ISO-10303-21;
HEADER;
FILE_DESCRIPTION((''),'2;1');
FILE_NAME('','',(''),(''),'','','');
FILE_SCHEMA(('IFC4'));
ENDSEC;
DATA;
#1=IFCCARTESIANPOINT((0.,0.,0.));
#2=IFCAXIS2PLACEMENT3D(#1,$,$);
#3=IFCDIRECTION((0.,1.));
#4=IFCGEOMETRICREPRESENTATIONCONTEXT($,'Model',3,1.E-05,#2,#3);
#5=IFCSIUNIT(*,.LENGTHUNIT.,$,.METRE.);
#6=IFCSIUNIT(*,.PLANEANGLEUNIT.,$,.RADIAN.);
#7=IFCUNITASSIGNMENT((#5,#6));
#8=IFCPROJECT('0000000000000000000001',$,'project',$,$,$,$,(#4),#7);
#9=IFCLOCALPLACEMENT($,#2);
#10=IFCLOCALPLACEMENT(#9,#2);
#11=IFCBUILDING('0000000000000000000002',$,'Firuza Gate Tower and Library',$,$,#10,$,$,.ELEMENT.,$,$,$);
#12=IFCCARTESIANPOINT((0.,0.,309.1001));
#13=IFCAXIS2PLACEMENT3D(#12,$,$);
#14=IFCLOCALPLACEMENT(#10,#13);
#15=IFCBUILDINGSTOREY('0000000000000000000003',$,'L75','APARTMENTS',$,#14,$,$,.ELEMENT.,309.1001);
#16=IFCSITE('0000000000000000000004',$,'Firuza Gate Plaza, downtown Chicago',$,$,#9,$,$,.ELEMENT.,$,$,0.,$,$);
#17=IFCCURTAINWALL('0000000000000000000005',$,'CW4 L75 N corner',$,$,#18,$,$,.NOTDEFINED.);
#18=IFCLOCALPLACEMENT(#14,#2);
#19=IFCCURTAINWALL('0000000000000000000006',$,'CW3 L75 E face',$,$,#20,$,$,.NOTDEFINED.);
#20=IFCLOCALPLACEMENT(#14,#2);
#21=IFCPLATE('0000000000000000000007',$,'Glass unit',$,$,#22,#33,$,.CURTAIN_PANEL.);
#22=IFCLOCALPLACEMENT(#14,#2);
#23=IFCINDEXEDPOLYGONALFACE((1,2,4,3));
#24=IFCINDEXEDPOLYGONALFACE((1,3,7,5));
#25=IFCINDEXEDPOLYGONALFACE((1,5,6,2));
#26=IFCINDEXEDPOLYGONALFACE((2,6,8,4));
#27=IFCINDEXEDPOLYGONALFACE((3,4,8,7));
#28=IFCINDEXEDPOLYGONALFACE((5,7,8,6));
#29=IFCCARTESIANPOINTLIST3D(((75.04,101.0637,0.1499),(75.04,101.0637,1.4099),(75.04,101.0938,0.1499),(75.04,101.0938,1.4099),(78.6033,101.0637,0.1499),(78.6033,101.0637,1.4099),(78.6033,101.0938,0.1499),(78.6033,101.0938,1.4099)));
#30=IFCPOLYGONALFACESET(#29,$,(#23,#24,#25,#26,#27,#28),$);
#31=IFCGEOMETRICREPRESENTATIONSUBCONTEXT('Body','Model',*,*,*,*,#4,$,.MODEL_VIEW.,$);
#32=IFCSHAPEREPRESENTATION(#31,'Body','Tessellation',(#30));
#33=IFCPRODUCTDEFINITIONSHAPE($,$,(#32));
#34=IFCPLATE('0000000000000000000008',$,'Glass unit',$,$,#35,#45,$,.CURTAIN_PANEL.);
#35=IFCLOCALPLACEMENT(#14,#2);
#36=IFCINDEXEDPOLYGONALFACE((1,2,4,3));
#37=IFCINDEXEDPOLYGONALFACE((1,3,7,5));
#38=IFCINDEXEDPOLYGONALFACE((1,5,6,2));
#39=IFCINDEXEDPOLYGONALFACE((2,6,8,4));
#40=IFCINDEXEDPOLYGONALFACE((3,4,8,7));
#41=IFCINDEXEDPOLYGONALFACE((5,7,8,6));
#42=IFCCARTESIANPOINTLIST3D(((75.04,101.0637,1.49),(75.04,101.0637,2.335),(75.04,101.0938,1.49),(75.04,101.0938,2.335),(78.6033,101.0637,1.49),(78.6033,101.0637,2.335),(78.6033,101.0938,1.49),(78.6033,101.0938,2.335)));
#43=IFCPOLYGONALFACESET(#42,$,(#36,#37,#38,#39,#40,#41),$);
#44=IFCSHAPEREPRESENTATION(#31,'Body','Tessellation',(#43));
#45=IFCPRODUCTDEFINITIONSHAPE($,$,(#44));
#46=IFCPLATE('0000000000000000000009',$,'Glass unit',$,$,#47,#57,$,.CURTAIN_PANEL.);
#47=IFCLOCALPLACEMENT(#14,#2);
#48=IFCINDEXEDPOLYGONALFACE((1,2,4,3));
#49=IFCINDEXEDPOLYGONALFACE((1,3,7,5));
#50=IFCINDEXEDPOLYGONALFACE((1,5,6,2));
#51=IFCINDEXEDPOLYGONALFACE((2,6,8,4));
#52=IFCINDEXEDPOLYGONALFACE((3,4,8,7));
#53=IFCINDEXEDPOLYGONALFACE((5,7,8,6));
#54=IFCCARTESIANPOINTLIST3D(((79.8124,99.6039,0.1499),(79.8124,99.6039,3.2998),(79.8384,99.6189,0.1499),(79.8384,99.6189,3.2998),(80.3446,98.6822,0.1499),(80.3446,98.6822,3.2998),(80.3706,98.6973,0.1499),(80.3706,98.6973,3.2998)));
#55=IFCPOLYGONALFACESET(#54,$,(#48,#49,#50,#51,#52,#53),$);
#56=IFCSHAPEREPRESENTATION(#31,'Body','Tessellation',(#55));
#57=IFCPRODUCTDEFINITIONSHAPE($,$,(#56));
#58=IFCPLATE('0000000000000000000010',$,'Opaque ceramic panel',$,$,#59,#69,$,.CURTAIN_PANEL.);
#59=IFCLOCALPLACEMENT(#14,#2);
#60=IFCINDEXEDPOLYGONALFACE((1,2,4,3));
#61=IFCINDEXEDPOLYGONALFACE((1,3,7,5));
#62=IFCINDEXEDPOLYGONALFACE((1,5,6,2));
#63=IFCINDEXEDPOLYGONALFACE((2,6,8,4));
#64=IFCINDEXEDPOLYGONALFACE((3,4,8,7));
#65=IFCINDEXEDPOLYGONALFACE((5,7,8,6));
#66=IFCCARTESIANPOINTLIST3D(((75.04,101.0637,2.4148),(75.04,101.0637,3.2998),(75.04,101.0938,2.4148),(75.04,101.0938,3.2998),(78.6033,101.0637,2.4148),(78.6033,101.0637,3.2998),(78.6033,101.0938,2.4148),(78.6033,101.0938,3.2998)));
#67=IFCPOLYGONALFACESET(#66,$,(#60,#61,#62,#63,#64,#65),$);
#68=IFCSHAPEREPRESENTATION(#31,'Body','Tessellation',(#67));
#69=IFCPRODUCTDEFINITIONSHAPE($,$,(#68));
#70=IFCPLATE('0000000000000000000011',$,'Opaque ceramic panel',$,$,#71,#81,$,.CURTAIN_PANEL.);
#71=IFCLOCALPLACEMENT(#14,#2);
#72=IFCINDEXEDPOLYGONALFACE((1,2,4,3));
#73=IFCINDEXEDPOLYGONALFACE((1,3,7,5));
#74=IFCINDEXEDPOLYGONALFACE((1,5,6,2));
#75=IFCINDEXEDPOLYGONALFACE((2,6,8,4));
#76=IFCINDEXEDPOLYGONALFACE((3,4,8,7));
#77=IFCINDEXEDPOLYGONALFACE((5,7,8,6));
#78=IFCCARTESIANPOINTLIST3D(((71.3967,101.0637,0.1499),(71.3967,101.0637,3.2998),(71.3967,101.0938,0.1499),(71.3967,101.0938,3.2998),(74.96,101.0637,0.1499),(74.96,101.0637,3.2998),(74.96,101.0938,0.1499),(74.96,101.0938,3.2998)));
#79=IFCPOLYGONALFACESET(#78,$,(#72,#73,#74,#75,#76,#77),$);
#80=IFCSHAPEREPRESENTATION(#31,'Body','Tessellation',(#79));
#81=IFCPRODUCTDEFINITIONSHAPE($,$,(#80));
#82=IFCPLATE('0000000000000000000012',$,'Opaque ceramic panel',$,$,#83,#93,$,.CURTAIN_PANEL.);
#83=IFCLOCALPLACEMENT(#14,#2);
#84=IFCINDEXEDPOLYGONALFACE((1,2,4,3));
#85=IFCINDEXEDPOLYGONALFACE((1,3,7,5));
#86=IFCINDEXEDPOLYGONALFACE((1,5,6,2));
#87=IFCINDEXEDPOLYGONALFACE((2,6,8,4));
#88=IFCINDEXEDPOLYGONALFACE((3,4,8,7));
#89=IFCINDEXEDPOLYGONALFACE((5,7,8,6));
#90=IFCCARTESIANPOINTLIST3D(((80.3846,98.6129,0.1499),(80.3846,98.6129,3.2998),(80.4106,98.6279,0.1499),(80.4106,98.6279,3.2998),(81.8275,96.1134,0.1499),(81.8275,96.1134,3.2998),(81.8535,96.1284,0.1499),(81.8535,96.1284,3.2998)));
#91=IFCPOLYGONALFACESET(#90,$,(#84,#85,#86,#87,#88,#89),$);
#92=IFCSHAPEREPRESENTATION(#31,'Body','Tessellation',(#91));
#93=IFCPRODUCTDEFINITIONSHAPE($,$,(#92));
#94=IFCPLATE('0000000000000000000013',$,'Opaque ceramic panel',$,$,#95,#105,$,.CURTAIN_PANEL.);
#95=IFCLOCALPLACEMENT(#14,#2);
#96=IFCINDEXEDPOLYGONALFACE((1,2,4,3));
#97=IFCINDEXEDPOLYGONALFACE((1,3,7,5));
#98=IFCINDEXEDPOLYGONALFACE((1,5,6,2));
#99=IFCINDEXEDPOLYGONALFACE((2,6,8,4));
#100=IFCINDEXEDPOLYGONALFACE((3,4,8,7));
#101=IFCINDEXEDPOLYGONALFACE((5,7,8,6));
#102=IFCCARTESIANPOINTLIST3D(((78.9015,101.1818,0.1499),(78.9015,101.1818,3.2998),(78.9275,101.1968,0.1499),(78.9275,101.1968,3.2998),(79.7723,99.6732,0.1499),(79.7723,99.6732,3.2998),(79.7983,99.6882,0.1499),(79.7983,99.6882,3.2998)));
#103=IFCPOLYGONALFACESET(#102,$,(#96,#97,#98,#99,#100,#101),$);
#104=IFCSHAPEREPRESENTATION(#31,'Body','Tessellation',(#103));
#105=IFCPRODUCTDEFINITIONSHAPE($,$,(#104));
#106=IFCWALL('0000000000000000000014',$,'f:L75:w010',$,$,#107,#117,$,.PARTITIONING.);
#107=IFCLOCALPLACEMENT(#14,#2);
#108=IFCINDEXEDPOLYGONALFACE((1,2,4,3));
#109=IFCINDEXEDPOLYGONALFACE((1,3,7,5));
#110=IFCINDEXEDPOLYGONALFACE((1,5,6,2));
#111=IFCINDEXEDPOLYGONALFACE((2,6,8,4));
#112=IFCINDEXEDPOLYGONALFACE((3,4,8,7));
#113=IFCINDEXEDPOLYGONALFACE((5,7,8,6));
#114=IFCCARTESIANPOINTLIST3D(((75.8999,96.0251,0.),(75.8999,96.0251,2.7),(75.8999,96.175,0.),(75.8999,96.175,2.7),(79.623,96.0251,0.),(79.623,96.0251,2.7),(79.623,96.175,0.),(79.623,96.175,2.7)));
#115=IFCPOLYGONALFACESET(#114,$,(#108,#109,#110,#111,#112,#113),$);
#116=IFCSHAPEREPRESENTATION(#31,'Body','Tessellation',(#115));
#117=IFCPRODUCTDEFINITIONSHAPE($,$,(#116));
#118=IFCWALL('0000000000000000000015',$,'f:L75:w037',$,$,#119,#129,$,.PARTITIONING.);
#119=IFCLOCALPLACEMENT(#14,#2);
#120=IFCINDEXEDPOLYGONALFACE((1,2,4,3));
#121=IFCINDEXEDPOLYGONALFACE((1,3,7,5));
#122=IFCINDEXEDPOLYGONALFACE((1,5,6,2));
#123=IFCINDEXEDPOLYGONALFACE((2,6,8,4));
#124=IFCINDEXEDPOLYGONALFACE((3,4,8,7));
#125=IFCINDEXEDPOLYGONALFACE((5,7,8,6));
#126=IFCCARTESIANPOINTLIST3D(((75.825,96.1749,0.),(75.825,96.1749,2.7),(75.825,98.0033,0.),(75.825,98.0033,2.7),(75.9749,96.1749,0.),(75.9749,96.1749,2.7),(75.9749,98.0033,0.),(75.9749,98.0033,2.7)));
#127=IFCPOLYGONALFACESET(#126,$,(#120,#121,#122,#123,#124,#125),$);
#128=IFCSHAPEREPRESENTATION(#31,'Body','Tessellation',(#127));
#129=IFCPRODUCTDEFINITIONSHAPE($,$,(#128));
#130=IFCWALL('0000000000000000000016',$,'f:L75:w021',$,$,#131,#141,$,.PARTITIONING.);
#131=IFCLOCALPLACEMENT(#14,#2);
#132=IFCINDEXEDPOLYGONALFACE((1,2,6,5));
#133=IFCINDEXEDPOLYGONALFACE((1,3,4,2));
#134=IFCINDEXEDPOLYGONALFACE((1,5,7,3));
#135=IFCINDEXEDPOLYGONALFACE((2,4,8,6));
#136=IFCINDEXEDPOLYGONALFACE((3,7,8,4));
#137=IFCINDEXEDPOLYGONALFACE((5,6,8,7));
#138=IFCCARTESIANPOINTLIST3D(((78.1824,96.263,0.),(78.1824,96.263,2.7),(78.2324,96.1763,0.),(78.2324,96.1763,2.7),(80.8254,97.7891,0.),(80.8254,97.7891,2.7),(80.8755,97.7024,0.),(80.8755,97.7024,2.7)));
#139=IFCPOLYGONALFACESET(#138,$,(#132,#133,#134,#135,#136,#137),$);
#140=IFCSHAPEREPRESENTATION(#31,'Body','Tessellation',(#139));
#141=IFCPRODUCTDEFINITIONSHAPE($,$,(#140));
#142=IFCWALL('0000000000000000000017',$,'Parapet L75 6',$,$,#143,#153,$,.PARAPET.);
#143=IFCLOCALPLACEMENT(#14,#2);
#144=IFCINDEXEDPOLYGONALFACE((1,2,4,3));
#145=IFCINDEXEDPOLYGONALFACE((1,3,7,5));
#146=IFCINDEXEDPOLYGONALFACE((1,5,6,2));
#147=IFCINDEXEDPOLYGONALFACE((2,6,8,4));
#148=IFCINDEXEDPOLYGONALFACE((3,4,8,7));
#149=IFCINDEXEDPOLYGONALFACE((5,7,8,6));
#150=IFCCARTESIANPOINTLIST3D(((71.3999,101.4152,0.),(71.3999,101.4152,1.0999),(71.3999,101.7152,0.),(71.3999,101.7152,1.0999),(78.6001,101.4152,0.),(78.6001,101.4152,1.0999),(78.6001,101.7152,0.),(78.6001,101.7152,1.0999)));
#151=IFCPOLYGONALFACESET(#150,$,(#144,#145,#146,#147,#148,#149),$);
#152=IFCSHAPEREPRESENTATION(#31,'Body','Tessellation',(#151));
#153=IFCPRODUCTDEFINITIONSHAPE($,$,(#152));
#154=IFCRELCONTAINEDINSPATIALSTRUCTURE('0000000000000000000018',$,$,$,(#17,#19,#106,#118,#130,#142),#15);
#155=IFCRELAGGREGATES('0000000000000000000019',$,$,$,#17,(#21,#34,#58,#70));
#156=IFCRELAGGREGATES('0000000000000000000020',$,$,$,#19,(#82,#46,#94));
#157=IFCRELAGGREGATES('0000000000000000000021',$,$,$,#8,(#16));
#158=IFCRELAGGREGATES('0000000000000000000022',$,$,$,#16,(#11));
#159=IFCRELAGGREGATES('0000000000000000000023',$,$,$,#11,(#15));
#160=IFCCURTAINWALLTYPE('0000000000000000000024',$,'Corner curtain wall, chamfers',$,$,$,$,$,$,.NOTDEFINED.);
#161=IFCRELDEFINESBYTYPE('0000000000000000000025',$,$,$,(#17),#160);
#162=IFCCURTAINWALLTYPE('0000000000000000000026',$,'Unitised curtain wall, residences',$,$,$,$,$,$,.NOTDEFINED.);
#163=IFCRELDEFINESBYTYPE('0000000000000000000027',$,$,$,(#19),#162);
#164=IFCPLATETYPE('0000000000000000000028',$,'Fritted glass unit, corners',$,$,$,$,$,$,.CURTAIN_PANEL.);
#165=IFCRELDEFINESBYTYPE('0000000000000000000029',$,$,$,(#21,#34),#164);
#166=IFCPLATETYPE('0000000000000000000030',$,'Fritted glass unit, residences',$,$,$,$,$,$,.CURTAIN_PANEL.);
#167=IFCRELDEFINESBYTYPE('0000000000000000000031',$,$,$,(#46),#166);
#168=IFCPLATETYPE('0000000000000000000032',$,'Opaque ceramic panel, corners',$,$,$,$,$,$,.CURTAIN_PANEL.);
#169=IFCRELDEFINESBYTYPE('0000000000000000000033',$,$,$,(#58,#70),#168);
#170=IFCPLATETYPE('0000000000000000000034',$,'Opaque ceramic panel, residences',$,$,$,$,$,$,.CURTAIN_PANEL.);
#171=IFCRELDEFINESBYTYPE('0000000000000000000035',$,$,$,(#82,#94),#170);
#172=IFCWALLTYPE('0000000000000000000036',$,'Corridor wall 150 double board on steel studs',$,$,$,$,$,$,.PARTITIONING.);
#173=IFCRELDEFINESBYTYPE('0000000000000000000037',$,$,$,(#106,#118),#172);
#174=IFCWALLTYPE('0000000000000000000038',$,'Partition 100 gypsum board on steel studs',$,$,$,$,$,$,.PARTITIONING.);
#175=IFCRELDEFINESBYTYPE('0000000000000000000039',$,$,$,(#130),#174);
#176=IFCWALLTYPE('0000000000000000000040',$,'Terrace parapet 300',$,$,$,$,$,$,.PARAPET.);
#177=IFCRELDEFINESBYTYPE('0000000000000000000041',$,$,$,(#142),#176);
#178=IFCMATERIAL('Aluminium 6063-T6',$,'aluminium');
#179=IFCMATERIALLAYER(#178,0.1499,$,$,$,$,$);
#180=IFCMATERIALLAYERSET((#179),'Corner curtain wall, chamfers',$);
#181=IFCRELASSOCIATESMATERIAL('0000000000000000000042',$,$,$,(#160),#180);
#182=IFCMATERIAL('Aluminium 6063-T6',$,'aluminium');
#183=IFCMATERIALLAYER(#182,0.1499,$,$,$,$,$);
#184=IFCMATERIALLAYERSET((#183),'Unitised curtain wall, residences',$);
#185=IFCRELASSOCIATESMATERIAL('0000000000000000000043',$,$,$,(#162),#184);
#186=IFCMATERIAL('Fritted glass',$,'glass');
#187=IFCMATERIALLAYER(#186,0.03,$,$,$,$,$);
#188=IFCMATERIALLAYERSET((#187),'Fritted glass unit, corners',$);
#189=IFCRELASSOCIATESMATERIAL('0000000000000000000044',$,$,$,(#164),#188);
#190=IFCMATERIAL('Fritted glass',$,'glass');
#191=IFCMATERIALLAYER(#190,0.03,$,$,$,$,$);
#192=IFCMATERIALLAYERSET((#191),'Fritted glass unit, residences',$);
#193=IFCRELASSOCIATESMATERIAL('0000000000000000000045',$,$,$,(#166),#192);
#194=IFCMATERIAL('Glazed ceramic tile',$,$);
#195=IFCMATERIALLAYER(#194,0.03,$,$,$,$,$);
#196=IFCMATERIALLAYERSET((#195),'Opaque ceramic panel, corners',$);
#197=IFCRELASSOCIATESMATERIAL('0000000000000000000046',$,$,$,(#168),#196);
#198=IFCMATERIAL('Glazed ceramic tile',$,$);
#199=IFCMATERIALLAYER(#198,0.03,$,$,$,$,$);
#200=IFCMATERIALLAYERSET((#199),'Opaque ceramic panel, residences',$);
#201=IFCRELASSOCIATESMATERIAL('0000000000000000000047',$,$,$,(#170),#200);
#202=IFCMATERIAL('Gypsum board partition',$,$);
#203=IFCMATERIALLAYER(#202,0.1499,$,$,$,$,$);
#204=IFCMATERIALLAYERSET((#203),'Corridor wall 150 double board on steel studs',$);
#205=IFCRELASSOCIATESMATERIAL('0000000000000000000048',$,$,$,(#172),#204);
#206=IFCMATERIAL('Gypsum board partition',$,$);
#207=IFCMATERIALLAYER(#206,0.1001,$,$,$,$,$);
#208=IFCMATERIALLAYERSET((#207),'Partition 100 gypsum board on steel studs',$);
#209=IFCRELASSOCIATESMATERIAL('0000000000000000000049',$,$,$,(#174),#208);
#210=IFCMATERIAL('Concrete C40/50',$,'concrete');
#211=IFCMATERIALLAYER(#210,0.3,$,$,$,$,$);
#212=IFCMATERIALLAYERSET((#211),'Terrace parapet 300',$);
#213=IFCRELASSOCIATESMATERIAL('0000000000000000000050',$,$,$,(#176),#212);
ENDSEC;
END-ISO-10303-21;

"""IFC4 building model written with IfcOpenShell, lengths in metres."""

from ifc_helpers import new_model, si_unit, direction, frame, frame_2d, origin, place, context, subcontext, project, spatial, polyline, rectangle, outline, extrude, material, layer, layer_set, type_object, element, aggregate, save


model = new_model("IFC4")

# Units and contexts
model_context = context("Model", 3, precision=1e-05, world=origin(), true_north=direction((0.0, 1.0)))
body_context = subcontext(model_context, "Body", "Model", "MODEL_VIEW")
ifc_project = project(units=[si_unit("LENGTHUNIT", "METRE"), si_unit("PLANEANGLEUNIT", "RADIAN")], contexts=[model_context])

# Site, building, storey
site_placement = place(None, origin())
site = spatial("IfcSite", under=ifc_project, at=site_placement, Name="Firuza Gate Plaza, downtown Chicago", CompositionType="ELEMENT", RefElevation=0.0)
building_placement = place(site_placement, origin())
building = spatial("IfcBuilding", under=site, at=building_placement, Name="Firuza Gate Tower and Library", CompositionType="ELEMENT")
storey_placement = place(building_placement, frame((0.0, 0.0, 309.1001)))
storey = spatial("IfcBuildingStorey", under=building, at=storey_placement, Name="L75", Description="APARTMENTS", CompositionType="ELEMENT", Elevation=309.1001)

# Curtain walls
ifc_material_1 = material(Name="Aluminium 6063-T6", Category="aluminium")
ifc_layer_1 = layer(ifc_material_1, 0.1499)
ifc_layer_set_1 = layer_set([ifc_layer_1], Name="Corner curtain wall, chamfers")
curtain_wall_type_1 = type_object("IfcCurtainWallType", Name="Corner curtain wall, chamfers", PredefinedType="NOTDEFINED", material=ifc_layer_set_1)
placement = place(storey_placement, origin())
curtain_wall_1 = element("IfcCurtainWall", 1, at=placement, inside=storey, type_object=curtain_wall_type_1, Name="CW4 L75 N corner", PredefinedType="NOTDEFINED")
ifc_material_2 = material(Name="Aluminium 6063-T6", Category="aluminium")
ifc_layer_2 = layer(ifc_material_2, 0.1499)
ifc_layer_set_2 = layer_set([ifc_layer_2], Name="Unitised curtain wall, residences")
curtain_wall_type_2 = type_object("IfcCurtainWallType", Name="Unitised curtain wall, residences", PredefinedType="NOTDEFINED", material=ifc_layer_set_2)
curtain_wall_2 = element("IfcCurtainWall", 2, at=placement, inside=storey, type_object=curtain_wall_type_2, Name="CW3 L75 E face", PredefinedType="NOTDEFINED")

# Plates
ifc_material_3 = material(Name="Fritted glass", Category="glass")
ifc_layer_3 = layer(ifc_material_3, 0.03)
ifc_layer_set_3 = layer_set([ifc_layer_3], Name="Fritted glass unit, corners")
plate_type_1 = type_object("IfcPlateType", Name="Fritted glass unit, corners", PredefinedType="CURTAIN_PANEL", material=ifc_layer_set_3)
plate_1_placement = place(storey_placement, frame((78.6033, 101.0938, 0.1499), z_axis=(0.0, 1.0, 0.0), x_axis=(-1.0, 0.0, 0.0)))
plate_1 = element("IfcPlate", 3, at=plate_1_placement, type_object=plate_type_1, Name="Glass unit", PredefinedType="CURTAIN_PANEL", context=body_context, shape_type="SweptSolid", body=[
    extrude(outline(polyline([(0.0, 0.0), (3.5632, 0.0), (3.5632, 1.26), (0.0, 1.26), (0.0, 0.0)])), origin(), (0.0, 0.0, -1.0), 0.03),
])
plate_2_placement = place(storey_placement, frame((78.6033, 101.0938, 1.49), z_axis=(0.0, 1.0, 0.0), x_axis=(-1.0, 0.0, 0.0)))
plate_2 = element("IfcPlate", 4, at=plate_2_placement, type_object=plate_type_1, Name="Glass unit", PredefinedType="CURTAIN_PANEL", context=body_context, shape_type="SweptSolid", body=[
    extrude(outline(polyline([(0.0, 0.0), (3.5632, 0.0), (3.5632, 0.845), (0.0, 0.845), (0.0, 0.0)])), origin(), (0.0, 0.0, -1.0), 0.03),
])
ifc_material_4 = material(Name="Fritted glass", Category="glass")
ifc_layer_4 = layer(ifc_material_4, 0.03)
ifc_layer_set_4 = layer_set([ifc_layer_4], Name="Fritted glass unit, residences")
plate_type_2 = type_object("IfcPlateType", Name="Fritted glass unit, residences", PredefinedType="CURTAIN_PANEL", material=ifc_layer_set_4)
plate_3_placement = place(storey_placement, frame((80.3706, 98.6973, 0.1499), z_axis=(0.865975, 0.500086, 0.0), x_axis=(-0.500086, 0.865975, 0.0)))
plate_3 = element("IfcPlate", 5, at=plate_3_placement, type_object=plate_type_2, Name="Glass unit", PredefinedType="CURTAIN_PANEL", context=body_context, shape_type="SweptSolid", body=[
    extrude(outline(polyline([(0.0, 0.0), (1.0643, 0.0), (1.0643, 3.1499), (0.0, 3.1499), (0.0, 0.0)])), origin(), (0.0, 0.0, -1.0), 0.03),
])
ifc_material_5 = material(Name="Glazed ceramic tile")
ifc_layer_5 = layer(ifc_material_5, 0.03)
ifc_layer_set_5 = layer_set([ifc_layer_5], Name="Opaque ceramic panel, corners")
plate_type_3 = type_object("IfcPlateType", Name="Opaque ceramic panel, corners", PredefinedType="CURTAIN_PANEL", material=ifc_layer_set_5)
plate_4_placement = place(storey_placement, frame((78.6033, 101.0938, 2.4148), z_axis=(0.0, 1.0, 0.0), x_axis=(-1.0, 0.0, 0.0)))
plate_4 = element("IfcPlate", 6, at=plate_4_placement, type_object=plate_type_3, Name="Opaque ceramic panel", PredefinedType="CURTAIN_PANEL", context=body_context, shape_type="SweptSolid", body=[
    extrude(outline(polyline([(0.0, 0.0), (3.5632, 0.0), (3.5632, 0.885), (0.0, 0.885), (0.0, 0.0)])), origin(), (0.0, 0.0, -1.0), 0.03),
])
plate_5_placement = place(storey_placement, frame((74.96, 101.0938, 0.1499), z_axis=(0.0, 1.0, 0.0), x_axis=(-1.0, 0.0, 0.0)))
plate_5 = element("IfcPlate", 7, at=plate_5_placement, type_object=plate_type_3, Name="Opaque ceramic panel", PredefinedType="CURTAIN_PANEL", context=body_context, shape_type="SweptSolid", body=[
    extrude(outline(polyline([(0.0, 0.0), (3.5632, 0.0), (3.5632, 3.1499), (0.0, 3.1499), (0.0, 0.0)])), origin(), (0.0, 0.0, -1.0), 0.03),
])
aggregate(curtain_wall_1, [plate_1, plate_2, plate_4, plate_5])
ifc_material_6 = material(Name="Glazed ceramic tile")
ifc_layer_6 = layer(ifc_material_6, 0.03)
ifc_layer_set_6 = layer_set([ifc_layer_6], Name="Opaque ceramic panel, residences")
plate_type_4 = type_object("IfcPlateType", Name="Opaque ceramic panel, residences", PredefinedType="CURTAIN_PANEL", material=ifc_layer_set_6)
plate_6_placement = place(storey_placement, frame((81.8535, 96.1284, 0.1499), z_axis=(0.866059, 0.499942, 0.0), x_axis=(-0.499942, 0.866059, 0.0)))
plate_6 = element("IfcPlate", 8, at=plate_6_placement, type_object=plate_type_4, Name="Opaque ceramic panel", PredefinedType="CURTAIN_PANEL", context=body_context, shape_type="SweptSolid", body=[
    extrude(outline(polyline([(0.0, 0.0), (2.8861, 0.0), (2.8861, 3.1499), (0.0, 3.1499), (0.0, 0.0)])), origin(), (0.0, 0.0, -1.0), 0.03),
])
plate_7_placement = place(storey_placement, frame((79.7983, 99.6882, 0.1499), z_axis=(0.866053, 0.499953, 0.0), x_axis=(-0.499953, 0.866053, 0.0)))
plate_7 = element("IfcPlate", 9, at=plate_7_placement, type_object=plate_type_4, Name="Opaque ceramic panel", PredefinedType="CURTAIN_PANEL", context=body_context, shape_type="SweptSolid", body=[
    extrude(outline(polyline([(0.0, 0.0), (1.7419, 0.0), (1.7419, 3.1499), (0.0, 3.1499), (0.0, 0.0)])), origin(), (0.0, 0.0, -1.0), 0.03),
])
aggregate(curtain_wall_2, [plate_6, plate_3, plate_7])

# Walls
ifc_material_7 = material(Name="Gypsum board partition")
ifc_layer_7 = layer(ifc_material_7, 0.1499)
ifc_layer_set_7 = layer_set([ifc_layer_7], Name="Corridor wall 150 double board on steel studs")
wall_type_1 = type_object("IfcWallType", Name="Corridor wall 150 double board on steel studs", PredefinedType="PARTITIONING", material=ifc_layer_set_7)
wall_1_placement = place(storey_placement, frame((75.8999, 96.1001, 0.0), z_axis=(0.0, 0.0, 1.0), x_axis=(1.0, 0.0, 0.0)))
element("IfcWall", 10, at=wall_1_placement, inside=storey, type_object=wall_type_1, Name="f:L75:w010", PredefinedType="PARTITIONING", context=body_context, shape_type="SweptSolid", body=[
    extrude(rectangle(XDim=3.7231, YDim=0.1499, at=frame_2d((1.8616, 0.0))), origin(), (0.0, 0.0, 1.0), 2.7),
])
wall_2_placement = place(storey_placement, frame((75.8999, 96.175, 0.0), z_axis=(0.0, 0.0, 1.0), x_axis=(0.0, 1.0, 0.0)))
element("IfcWall", 11, at=wall_2_placement, inside=storey, type_object=wall_type_1, Name="f:L75:w037", PredefinedType="PARTITIONING", context=body_context, shape_type="SweptSolid", body=[
    extrude(rectangle(XDim=1.8284, YDim=0.1499, at=frame_2d((0.9141, 0.0))), origin(), (0.0, 0.0, 1.0), 2.7),
])
ifc_material_8 = material(Name="Gypsum board partition")
ifc_layer_8 = layer(ifc_material_8, 0.1001)
ifc_layer_set_8 = layer_set([ifc_layer_8], Name="Partition 100 gypsum board on steel studs")
wall_type_2 = type_object("IfcWallType", Name="Partition 100 gypsum board on steel studs", PredefinedType="PARTITIONING", material=ifc_layer_set_8)
wall_3_placement = place(storey_placement, frame((78.2075, 96.2197, 0.0), z_axis=(0.0, 0.0, 1.0), x_axis=(0.866004, 0.500036, 0.0)))
element("IfcWall", 12, at=wall_3_placement, inside=storey, type_object=wall_type_2, Name="f:L75:w021", PredefinedType="PARTITIONING", context=body_context, shape_type="SweptSolid", body=[
    extrude(rectangle(XDim=3.052, YDim=0.1001, at=frame_2d((1.5259, 0.0))), origin(), (0.0, 0.0, 1.0), 2.7),
])
ifc_material_9 = material(Name="Concrete C40/50", Category="concrete")
ifc_layer_9 = layer(ifc_material_9, 0.3)
ifc_layer_set_9 = layer_set([ifc_layer_9], Name="Terrace parapet 300")
wall_type_3 = type_object("IfcWallType", Name="Terrace parapet 300", PredefinedType="PARAPET", material=ifc_layer_set_9)
wall_4_placement = place(storey_placement, frame((78.6001, 101.5652, 0.0), z_axis=(0.0, 0.0, 1.0), x_axis=(-1.0, 0.0, 0.0)))
element("IfcWall", 13, at=wall_4_placement, inside=storey, type_object=wall_type_3, Name="Parapet L75 6", PredefinedType="PARAPET", context=body_context, shape_type="SweptSolid", body=[
    extrude(rectangle(XDim=7.2002, YDim=0.3, at=frame_2d((3.6001, 0.0))), origin(), (0.0, 0.0, 1.0), 1.0999),
])

save(model, "model.ifc")
